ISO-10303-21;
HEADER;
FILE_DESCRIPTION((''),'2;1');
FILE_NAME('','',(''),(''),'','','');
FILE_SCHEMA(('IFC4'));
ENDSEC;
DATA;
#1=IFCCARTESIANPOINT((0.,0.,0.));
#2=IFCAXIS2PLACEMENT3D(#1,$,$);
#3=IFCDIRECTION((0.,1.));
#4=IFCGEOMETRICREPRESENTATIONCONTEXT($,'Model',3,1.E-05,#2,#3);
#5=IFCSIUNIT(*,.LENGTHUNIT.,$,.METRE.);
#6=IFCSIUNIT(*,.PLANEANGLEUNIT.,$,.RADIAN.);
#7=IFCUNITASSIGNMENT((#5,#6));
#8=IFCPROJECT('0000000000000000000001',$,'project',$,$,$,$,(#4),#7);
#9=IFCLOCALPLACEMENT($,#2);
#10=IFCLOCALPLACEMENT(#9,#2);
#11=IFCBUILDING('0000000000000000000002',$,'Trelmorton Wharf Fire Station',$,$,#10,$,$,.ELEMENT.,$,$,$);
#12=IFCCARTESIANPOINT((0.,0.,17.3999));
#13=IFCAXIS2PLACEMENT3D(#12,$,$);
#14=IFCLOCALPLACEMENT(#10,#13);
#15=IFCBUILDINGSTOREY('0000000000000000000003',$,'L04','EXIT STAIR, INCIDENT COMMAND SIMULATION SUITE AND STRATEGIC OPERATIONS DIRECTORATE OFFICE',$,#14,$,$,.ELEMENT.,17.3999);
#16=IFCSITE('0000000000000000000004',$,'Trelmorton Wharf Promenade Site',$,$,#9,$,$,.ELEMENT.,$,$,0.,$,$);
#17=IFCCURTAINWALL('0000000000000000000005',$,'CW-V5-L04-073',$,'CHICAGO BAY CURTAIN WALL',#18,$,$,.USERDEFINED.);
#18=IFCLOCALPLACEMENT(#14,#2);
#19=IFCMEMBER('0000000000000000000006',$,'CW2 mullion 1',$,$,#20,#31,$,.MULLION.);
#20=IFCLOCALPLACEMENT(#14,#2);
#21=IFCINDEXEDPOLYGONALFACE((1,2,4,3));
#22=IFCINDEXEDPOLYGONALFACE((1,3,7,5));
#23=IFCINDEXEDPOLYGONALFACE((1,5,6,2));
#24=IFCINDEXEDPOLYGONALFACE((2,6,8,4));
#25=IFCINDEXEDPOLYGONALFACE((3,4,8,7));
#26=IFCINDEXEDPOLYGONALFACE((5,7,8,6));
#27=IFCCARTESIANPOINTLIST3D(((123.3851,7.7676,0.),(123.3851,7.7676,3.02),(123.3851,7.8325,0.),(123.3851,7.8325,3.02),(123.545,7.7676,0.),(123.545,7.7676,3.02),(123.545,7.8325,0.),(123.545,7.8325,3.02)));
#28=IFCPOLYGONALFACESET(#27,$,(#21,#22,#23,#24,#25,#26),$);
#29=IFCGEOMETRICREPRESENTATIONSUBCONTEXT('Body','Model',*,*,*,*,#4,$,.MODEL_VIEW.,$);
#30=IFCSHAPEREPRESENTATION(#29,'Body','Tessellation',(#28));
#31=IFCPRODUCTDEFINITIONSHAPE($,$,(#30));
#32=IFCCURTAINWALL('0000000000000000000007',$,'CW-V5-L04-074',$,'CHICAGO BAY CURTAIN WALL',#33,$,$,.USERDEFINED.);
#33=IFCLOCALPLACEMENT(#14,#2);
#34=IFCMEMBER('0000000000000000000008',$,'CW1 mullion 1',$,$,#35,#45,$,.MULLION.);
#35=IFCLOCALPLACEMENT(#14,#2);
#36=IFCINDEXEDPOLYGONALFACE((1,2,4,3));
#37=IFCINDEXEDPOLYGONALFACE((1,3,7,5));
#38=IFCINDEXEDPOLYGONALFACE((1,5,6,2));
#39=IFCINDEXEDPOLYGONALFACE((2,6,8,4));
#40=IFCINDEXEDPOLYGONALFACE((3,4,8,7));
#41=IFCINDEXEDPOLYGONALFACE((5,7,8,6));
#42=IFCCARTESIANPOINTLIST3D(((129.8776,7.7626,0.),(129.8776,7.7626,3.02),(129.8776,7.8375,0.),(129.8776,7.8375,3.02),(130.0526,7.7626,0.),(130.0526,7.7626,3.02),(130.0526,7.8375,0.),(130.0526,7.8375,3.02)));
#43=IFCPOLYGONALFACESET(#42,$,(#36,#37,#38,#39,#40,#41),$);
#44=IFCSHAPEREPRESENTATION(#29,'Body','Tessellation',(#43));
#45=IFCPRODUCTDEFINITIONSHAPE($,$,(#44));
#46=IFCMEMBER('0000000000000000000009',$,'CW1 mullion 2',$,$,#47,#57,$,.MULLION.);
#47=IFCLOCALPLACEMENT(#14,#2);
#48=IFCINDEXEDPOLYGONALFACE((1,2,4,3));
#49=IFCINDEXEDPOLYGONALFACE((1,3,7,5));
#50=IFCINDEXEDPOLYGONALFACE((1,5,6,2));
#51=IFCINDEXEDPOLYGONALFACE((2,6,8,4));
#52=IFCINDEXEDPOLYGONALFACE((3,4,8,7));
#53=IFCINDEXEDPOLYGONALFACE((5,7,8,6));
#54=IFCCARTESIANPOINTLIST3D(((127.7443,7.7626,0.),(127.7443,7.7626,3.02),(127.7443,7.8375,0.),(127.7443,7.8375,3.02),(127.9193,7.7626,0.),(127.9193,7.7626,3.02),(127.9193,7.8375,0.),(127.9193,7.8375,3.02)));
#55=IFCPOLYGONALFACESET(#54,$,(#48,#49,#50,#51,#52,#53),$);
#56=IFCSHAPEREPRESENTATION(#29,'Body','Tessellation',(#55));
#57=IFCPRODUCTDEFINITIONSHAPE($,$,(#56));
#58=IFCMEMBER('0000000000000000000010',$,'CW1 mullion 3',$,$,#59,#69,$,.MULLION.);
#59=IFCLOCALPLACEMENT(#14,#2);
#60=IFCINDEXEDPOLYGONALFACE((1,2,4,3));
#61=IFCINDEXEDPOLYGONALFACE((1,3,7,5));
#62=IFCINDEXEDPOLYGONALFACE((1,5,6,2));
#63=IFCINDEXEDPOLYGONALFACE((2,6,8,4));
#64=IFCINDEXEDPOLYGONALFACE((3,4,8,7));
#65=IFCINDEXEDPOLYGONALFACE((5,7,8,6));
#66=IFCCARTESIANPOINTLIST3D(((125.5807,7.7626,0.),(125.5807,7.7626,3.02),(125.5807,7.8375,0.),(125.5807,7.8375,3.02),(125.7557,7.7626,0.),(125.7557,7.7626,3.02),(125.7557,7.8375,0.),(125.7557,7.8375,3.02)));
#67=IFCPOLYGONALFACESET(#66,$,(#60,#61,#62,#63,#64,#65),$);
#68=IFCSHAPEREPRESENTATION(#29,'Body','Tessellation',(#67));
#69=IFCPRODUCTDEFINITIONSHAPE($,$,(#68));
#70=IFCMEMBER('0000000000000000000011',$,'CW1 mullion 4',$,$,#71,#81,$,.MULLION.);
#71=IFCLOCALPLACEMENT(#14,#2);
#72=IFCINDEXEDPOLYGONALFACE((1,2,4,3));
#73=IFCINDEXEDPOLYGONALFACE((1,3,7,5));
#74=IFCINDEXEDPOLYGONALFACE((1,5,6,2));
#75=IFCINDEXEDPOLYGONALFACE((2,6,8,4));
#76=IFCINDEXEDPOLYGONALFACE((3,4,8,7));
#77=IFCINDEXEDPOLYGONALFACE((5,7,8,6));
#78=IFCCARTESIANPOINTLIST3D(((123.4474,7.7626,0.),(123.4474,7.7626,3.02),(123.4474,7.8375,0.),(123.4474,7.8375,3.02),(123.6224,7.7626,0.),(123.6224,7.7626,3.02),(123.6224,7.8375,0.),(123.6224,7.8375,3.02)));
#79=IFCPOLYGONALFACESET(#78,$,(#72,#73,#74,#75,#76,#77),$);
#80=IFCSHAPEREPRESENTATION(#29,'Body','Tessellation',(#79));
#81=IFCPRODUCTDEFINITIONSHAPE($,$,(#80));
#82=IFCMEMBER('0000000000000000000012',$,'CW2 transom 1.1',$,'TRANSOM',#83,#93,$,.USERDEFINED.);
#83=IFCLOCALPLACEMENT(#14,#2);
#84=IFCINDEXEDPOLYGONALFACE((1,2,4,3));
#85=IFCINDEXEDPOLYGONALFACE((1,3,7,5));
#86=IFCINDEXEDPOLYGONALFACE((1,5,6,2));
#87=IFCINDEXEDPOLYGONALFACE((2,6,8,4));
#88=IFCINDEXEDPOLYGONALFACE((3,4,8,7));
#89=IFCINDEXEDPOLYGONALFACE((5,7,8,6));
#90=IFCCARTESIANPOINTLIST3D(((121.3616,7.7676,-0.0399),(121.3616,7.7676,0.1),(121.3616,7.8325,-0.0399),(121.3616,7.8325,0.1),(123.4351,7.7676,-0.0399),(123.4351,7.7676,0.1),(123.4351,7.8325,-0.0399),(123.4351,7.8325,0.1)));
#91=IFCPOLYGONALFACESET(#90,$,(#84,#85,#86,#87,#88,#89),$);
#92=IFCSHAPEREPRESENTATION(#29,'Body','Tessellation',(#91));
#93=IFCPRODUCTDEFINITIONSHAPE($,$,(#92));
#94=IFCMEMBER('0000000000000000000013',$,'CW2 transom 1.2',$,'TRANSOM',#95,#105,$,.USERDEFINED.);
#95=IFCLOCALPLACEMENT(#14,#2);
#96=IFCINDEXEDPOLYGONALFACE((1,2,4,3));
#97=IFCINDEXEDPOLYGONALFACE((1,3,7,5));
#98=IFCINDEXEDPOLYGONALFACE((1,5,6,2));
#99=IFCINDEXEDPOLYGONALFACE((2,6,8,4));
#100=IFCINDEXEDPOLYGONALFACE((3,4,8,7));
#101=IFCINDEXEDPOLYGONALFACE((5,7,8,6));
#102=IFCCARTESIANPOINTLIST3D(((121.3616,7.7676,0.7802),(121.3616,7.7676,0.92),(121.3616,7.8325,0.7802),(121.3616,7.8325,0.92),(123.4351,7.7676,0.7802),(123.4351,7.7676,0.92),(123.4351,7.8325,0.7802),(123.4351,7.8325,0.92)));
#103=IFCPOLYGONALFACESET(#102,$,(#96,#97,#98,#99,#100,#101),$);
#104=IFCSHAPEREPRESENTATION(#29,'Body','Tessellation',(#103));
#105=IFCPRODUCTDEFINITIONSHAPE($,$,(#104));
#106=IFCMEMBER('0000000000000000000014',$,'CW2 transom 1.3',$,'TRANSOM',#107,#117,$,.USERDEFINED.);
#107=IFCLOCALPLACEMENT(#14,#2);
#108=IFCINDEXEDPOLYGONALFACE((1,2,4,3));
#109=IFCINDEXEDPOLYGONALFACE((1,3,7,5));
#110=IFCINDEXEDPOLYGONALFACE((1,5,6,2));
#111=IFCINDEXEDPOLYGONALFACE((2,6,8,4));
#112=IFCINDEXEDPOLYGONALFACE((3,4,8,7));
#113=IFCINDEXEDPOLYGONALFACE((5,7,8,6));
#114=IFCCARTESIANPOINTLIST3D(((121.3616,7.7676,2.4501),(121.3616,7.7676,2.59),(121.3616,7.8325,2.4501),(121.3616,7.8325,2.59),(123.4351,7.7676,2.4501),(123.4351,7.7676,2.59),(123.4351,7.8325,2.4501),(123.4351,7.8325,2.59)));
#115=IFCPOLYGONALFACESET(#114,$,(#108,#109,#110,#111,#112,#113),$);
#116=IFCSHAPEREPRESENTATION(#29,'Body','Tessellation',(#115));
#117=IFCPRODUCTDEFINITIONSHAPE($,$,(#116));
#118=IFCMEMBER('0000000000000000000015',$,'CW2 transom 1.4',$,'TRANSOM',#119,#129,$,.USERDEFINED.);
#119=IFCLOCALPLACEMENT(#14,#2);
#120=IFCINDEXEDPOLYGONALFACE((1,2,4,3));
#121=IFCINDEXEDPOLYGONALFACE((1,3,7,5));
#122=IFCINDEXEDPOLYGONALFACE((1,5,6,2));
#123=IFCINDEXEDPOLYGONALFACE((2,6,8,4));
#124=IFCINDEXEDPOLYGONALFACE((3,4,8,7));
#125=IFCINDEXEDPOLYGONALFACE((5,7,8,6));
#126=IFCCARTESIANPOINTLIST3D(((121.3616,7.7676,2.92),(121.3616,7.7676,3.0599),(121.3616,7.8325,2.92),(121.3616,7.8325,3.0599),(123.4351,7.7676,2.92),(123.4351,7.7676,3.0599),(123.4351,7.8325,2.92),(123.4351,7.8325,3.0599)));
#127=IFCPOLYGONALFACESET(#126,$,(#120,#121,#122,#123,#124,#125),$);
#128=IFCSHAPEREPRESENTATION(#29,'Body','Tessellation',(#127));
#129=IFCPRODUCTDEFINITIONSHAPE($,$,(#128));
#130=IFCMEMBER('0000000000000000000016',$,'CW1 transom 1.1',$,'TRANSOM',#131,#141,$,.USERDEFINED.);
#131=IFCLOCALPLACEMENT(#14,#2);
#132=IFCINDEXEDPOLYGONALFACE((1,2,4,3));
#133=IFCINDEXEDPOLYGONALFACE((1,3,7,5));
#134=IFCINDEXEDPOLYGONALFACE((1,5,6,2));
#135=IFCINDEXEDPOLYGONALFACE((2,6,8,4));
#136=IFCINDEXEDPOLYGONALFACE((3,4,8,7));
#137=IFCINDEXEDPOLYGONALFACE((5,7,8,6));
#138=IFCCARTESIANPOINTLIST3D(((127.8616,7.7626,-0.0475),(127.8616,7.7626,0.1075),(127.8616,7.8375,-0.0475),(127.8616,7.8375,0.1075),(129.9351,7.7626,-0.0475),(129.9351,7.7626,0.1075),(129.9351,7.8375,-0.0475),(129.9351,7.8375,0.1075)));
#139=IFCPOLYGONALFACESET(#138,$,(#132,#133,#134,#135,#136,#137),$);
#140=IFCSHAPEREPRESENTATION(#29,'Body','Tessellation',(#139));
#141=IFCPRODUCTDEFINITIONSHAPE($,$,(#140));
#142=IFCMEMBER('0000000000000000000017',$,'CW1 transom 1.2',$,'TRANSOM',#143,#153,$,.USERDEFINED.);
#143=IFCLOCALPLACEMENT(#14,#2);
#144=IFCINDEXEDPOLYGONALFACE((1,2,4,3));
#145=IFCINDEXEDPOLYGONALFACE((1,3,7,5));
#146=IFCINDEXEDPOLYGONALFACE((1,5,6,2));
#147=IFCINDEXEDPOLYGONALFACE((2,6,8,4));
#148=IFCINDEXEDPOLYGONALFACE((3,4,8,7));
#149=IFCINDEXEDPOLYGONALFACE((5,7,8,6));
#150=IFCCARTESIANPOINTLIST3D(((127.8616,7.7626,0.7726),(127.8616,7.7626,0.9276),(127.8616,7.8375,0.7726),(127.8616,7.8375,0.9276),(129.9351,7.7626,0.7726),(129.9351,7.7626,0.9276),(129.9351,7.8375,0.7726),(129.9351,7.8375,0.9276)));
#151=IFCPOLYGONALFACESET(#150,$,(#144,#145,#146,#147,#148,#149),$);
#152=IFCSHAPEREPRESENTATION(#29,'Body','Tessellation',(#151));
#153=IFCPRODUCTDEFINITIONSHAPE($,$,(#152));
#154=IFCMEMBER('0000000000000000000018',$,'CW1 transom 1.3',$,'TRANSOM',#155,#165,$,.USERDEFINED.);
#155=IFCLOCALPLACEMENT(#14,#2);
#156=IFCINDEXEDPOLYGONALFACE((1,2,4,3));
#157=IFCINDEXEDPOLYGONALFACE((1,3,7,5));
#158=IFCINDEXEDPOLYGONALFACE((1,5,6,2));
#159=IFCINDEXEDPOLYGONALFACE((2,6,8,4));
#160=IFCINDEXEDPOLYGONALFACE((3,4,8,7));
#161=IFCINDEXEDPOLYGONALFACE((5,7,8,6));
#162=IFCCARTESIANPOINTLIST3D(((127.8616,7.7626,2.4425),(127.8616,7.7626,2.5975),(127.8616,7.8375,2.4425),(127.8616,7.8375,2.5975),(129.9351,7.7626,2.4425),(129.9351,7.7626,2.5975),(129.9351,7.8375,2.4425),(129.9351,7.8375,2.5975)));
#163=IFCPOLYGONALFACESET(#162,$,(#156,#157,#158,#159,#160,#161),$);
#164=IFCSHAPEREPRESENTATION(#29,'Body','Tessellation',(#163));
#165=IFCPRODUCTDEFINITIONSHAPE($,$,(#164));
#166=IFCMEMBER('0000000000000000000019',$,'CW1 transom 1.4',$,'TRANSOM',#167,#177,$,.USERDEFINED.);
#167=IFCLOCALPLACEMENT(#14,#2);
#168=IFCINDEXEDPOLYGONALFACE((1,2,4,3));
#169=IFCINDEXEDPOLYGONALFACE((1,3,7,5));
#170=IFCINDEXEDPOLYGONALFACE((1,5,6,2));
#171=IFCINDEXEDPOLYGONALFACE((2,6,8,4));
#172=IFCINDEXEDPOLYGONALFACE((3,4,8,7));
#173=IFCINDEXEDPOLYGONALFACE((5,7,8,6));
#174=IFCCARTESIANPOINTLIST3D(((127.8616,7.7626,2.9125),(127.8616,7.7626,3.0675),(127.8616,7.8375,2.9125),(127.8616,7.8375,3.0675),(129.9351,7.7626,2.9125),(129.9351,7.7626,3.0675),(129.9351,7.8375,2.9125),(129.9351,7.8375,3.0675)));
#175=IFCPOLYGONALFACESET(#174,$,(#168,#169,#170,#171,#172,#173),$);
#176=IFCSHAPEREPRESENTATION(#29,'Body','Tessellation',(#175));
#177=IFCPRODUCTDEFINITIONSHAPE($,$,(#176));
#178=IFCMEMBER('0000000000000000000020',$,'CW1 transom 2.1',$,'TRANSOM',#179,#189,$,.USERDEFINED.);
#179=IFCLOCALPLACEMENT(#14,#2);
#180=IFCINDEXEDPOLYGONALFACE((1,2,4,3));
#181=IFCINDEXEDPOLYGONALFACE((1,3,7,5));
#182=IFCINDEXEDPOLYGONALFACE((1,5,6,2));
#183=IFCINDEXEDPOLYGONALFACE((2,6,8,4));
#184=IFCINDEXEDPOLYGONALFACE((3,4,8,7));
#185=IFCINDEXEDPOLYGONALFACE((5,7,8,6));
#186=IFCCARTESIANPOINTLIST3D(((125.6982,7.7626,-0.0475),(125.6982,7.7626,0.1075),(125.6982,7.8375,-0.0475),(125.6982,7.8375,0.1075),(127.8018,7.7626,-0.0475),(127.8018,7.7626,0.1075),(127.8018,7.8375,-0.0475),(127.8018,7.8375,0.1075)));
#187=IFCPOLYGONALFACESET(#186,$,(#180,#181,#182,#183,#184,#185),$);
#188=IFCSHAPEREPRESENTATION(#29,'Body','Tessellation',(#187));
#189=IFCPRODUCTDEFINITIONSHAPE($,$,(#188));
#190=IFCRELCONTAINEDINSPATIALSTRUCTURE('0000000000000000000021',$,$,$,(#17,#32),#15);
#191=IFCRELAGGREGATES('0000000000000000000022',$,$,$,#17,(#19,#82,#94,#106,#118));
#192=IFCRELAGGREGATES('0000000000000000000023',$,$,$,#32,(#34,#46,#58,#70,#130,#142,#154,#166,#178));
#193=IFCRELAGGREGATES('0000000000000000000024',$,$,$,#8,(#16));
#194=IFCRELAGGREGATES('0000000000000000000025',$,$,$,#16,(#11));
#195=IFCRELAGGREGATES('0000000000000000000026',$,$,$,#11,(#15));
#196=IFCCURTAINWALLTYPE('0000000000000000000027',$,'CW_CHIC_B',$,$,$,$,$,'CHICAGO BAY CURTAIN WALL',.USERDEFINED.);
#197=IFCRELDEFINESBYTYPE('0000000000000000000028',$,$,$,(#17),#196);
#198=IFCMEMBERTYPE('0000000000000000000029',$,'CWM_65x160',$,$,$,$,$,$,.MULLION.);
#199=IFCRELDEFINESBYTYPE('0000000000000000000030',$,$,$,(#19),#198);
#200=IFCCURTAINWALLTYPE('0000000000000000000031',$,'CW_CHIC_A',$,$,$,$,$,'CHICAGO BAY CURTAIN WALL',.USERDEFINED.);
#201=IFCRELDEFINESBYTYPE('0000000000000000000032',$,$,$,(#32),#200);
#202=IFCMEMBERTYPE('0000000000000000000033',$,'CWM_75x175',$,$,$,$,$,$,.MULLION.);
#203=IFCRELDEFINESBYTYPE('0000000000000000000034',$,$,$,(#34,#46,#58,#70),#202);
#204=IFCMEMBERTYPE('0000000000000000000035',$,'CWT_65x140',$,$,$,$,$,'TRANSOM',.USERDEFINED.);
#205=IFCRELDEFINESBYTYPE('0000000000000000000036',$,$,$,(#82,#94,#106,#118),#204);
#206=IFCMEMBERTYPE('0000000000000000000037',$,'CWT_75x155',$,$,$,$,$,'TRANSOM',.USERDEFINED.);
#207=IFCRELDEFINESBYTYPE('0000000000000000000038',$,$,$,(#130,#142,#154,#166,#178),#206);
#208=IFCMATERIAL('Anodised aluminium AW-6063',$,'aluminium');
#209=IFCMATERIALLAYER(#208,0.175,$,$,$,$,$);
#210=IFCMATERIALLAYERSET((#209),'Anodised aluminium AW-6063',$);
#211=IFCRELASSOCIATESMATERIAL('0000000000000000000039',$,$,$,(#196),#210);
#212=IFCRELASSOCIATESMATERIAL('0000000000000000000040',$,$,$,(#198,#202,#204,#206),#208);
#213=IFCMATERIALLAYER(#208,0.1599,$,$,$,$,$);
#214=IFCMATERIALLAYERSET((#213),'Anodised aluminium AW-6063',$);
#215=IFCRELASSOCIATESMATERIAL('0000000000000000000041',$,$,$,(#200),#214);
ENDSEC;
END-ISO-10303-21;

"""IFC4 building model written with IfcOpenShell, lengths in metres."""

from ifc_helpers import new_model, si_unit, direction, frame, origin, origin_2d, place, context, subcontext, project, spatial, rectangle, extrude, material, layer, layer_set, material_profile, profile_set, type_object, element, aggregate, save


model = new_model("IFC4")

# Units and contexts
model_context = context("Model", 3, precision=1e-05, world=origin(), true_north=direction((0.0, 1.0)))
body_context = subcontext(model_context, "Body", "Model", "MODEL_VIEW")
ifc_project = project(units=[si_unit("LENGTHUNIT", "METRE"), si_unit("PLANEANGLEUNIT", "RADIAN")], contexts=[model_context])

# Site, building, storey
site_placement = place(None, origin())
site = spatial("IfcSite", under=ifc_project, at=site_placement, Name="Trelmorton Wharf Promenade Site", CompositionType="ELEMENT", RefElevation=0.0)
building_placement = place(site_placement, origin())
building = spatial("IfcBuilding", under=site, at=building_placement, Name="Trelmorton Wharf Fire Station", CompositionType="ELEMENT")
storey_placement = place(building_placement, frame((0.0, 0.0, 17.3999)))
storey = spatial("IfcBuildingStorey", under=building, at=storey_placement, Name="L04", Description="EXIT STAIR, INCIDENT COMMAND SIMULATION SUITE AND STRATEGIC OPERATIONS DIRECTORATE OFFICE", CompositionType="ELEMENT", Elevation=17.3999)

# Curtain wall, member
ifc_material_1 = material(Name="Anodised aluminium AW-6063", Category="aluminium")
ifc_layer_1 = layer(ifc_material_1, 0.175)
ifc_layer_set_1 = layer_set([ifc_layer_1], Name="Anodised aluminium AW-6063")
curtain_wall_type_1 = type_object("IfcCurtainWallType", Name="CW_CHIC_B", ElementType="CHICAGO BAY CURTAIN WALL", PredefinedType="USERDEFINED", material=ifc_layer_set_1)
curtain_wall_1_placement = place(storey_placement, origin())
curtain_wall_1 = element("IfcCurtainWall", 1, at=curtain_wall_1_placement, inside=storey, type_object=curtain_wall_type_1, Name="CW-V5-L04-073", ObjectType="CHICAGO BAY CURTAIN WALL", PredefinedType="USERDEFINED")
ifc_material_profile_1 = material_profile(ifc_material_1, rectangle(XDim=0.0649, YDim=0.1599, at=origin_2d()), Name="ALU-65x160")
ifc_profile_set_1 = profile_set([ifc_material_profile_1], Name="Anodised aluminium AW-6063")
member_type_1 = type_object("IfcMemberType", Name="CWM_65x160", PredefinedType="MULLION", material=ifc_profile_set_1)
member_1_placement = place(storey_placement, frame((123.4651, 7.8, 0.0), z_axis=(0.0, 0.0, 1.0), x_axis=(0.0, -1.0, 0.0)))
member_1 = element("IfcMember", 2, at=member_1_placement, type_object=member_type_1, Name="CW2 mullion 1", PredefinedType="MULLION", context=body_context, shape_type="SweptSolid", body=[
    extrude(rectangle(XDim=0.0649, YDim=0.1599, at=origin_2d()), origin(), (0.0, 0.0, 1.0), 3.02),
])

# Curtain wall, members
ifc_layer_2 = layer(ifc_material_1, 0.1599)
ifc_layer_set_2 = layer_set([ifc_layer_2], Name="Anodised aluminium AW-6063")
curtain_wall_type_2 = type_object("IfcCurtainWallType", Name="CW_CHIC_A", ElementType="CHICAGO BAY CURTAIN WALL", PredefinedType="USERDEFINED", material=ifc_layer_set_2)
curtain_wall_2_placement = place(storey_placement, origin())
curtain_wall_2 = element("IfcCurtainWall", 3, at=curtain_wall_2_placement, inside=storey, type_object=curtain_wall_type_2, Name="CW-V5-L04-074", ObjectType="CHICAGO BAY CURTAIN WALL", PredefinedType="USERDEFINED")
ifc_material_profile_2 = material_profile(ifc_material_1, rectangle(XDim=0.075, YDim=0.175, at=origin_2d()), Name="ALU-75x175")
ifc_profile_set_2 = profile_set([ifc_material_profile_2], Name="Anodised aluminium AW-6063")
member_type_2 = type_object("IfcMemberType", Name="CWM_75x175", PredefinedType="MULLION", material=ifc_profile_set_2)
member_2_placement = place(storey_placement, frame((129.9651, 7.8, 0.0), z_axis=(0.0, 0.0, 1.0), x_axis=(0.0, -1.0, 0.0)))
member_2 = element("IfcMember", 4, at=member_2_placement, type_object=member_type_2, Name="CW1 mullion 1", PredefinedType="MULLION", context=body_context, shape_type="SweptSolid", body=[
    extrude(rectangle(XDim=0.075, YDim=0.175, at=origin_2d()), origin(), (0.0, 0.0, 1.0), 3.02),
])
member_3_placement = place(storey_placement, frame((127.8318, 7.8, 0.0), z_axis=(0.0, 0.0, 1.0), x_axis=(0.0, -1.0, 0.0)))
member_3 = element("IfcMember", 5, at=member_3_placement, type_object=member_type_2, Name="CW1 mullion 2", PredefinedType="MULLION", context=body_context, shape_type="SweptSolid", body=[
    extrude(rectangle(XDim=0.075, YDim=0.175, at=origin_2d()), origin(), (0.0, 0.0, 1.0), 3.02),
])
member_4_placement = place(storey_placement, frame((125.6682, 7.8, 0.0), z_axis=(0.0, 0.0, 1.0), x_axis=(0.0, -1.0, 0.0)))
member_4 = element("IfcMember", 6, at=member_4_placement, type_object=member_type_2, Name="CW1 mullion 3", PredefinedType="MULLION", context=body_context, shape_type="SweptSolid", body=[
    extrude(rectangle(XDim=0.075, YDim=0.175, at=origin_2d()), origin(), (0.0, 0.0, 1.0), 3.02),
])
member_5_placement = place(storey_placement, frame((123.5349, 7.8, 0.0), z_axis=(0.0, 0.0, 1.0), x_axis=(0.0, -1.0, 0.0)))
member_5 = element("IfcMember", 7, at=member_5_placement, type_object=member_type_2, Name="CW1 mullion 4", PredefinedType="MULLION", context=body_context, shape_type="SweptSolid", body=[
    extrude(rectangle(XDim=0.075, YDim=0.175, at=origin_2d()), origin(), (0.0, 0.0, 1.0), 3.02),
])

# Members
ifc_material_profile_3 = material_profile(ifc_material_1, rectangle(XDim=0.0649, YDim=0.1399, at=origin_2d()), Name="ALU-65x140")
ifc_profile_set_3 = profile_set([ifc_material_profile_3], Name="Anodised aluminium AW-6063")
member_type_3 = type_object("IfcMemberType", Name="CWT_65x140", ElementType="TRANSOM", PredefinedType="USERDEFINED", material=ifc_profile_set_3)
member_6_placement = place(storey_placement, frame((123.4351, 7.8, 0.03), z_axis=(-1.0, 0.0, 0.0), x_axis=(0.0, -1.0, 0.0)))
member_6 = element("IfcMember", 8, at=member_6_placement, type_object=member_type_3, Name="CW2 transom 1.1", ObjectType="TRANSOM", PredefinedType="USERDEFINED", context=body_context, shape_type="SweptSolid", body=[
    extrude(rectangle(XDim=0.0649, YDim=0.1399, at=origin_2d()), origin(), (0.0, 0.0, 1.0), 2.0735),
])
member_7_placement = place(storey_placement, frame((123.4351, 7.8, 0.8501), z_axis=(-1.0, 0.0, 0.0), x_axis=(0.0, -1.0, 0.0)))
member_7 = element("IfcMember", 9, at=member_7_placement, type_object=member_type_3, Name="CW2 transom 1.2", ObjectType="TRANSOM", PredefinedType="USERDEFINED", context=body_context, shape_type="SweptSolid", body=[
    extrude(rectangle(XDim=0.0649, YDim=0.1399, at=origin_2d()), origin(), (0.0, 0.0, 1.0), 2.0735),
])
member_8_placement = place(storey_placement, frame((123.4351, 7.8, 2.52), z_axis=(-1.0, 0.0, 0.0), x_axis=(0.0, -1.0, 0.0)))
member_8 = element("IfcMember", 10, at=member_8_placement, type_object=member_type_3, Name="CW2 transom 1.3", ObjectType="TRANSOM", PredefinedType="USERDEFINED", context=body_context, shape_type="SweptSolid", body=[
    extrude(rectangle(XDim=0.0649, YDim=0.1399, at=origin_2d()), origin(), (0.0, 0.0, 1.0), 2.0735),
])
member_9_placement = place(storey_placement, frame((123.4351, 7.8, 2.99), z_axis=(-1.0, 0.0, 0.0), x_axis=(0.0, -1.0, 0.0)))
member_9 = element("IfcMember", 11, at=member_9_placement, type_object=member_type_3, Name="CW2 transom 1.4", ObjectType="TRANSOM", PredefinedType="USERDEFINED", context=body_context, shape_type="SweptSolid", body=[
    extrude(rectangle(XDim=0.0649, YDim=0.1399, at=origin_2d()), origin(), (0.0, 0.0, 1.0), 2.0735),
])
aggregate(curtain_wall_1, [member_1, member_6, member_7, member_8, member_9])
ifc_material_profile_4 = material_profile(ifc_material_1, rectangle(XDim=0.075, YDim=0.155, at=origin_2d()), Name="ALU-75x155")
ifc_profile_set_4 = profile_set([ifc_material_profile_4], Name="Anodised aluminium AW-6063")
member_type_4 = type_object("IfcMemberType", Name="CWT_75x155", ElementType="TRANSOM", PredefinedType="USERDEFINED", material=ifc_profile_set_4)
member_10_placement = place(storey_placement, frame((129.9351, 7.8, 0.03), z_axis=(-1.0, 0.0, 0.0), x_axis=(0.0, -1.0, 0.0)))
member_10 = element("IfcMember", 12, at=member_10_placement, type_object=member_type_4, Name="CW1 transom 1.1", ObjectType="TRANSOM", PredefinedType="USERDEFINED", context=body_context, shape_type="SweptSolid", body=[
    extrude(rectangle(XDim=0.075, YDim=0.155, at=origin_2d()), origin(), (0.0, 0.0, 1.0), 2.0735),
])
member_11_placement = place(storey_placement, frame((129.9351, 7.8, 0.8501), z_axis=(-1.0, 0.0, 0.0), x_axis=(0.0, -1.0, 0.0)))
member_11 = element("IfcMember", 13, at=member_11_placement, type_object=member_type_4, Name="CW1 transom 1.2", ObjectType="TRANSOM", PredefinedType="USERDEFINED", context=body_context, shape_type="SweptSolid", body=[
    extrude(rectangle(XDim=0.075, YDim=0.155, at=origin_2d()), origin(), (0.0, 0.0, 1.0), 2.0735),
])
member_12_placement = place(storey_placement, frame((129.9351, 7.8, 2.52), z_axis=(-1.0, 0.0, 0.0), x_axis=(0.0, -1.0, 0.0)))
member_12 = element("IfcMember", 14, at=member_12_placement, type_object=member_type_4, Name="CW1 transom 1.3", ObjectType="TRANSOM", PredefinedType="USERDEFINED", context=body_context, shape_type="SweptSolid", body=[
    extrude(rectangle(XDim=0.075, YDim=0.155, at=origin_2d()), origin(), (0.0, 0.0, 1.0), 2.0735),
])
member_13_placement = place(storey_placement, frame((129.9351, 7.8, 2.99), z_axis=(-1.0, 0.0, 0.0), x_axis=(0.0, -1.0, 0.0)))
member_13 = element("IfcMember", 15, at=member_13_placement, type_object=member_type_4, Name="CW1 transom 1.4", ObjectType="TRANSOM", PredefinedType="USERDEFINED", context=body_context, shape_type="SweptSolid", body=[
    extrude(rectangle(XDim=0.075, YDim=0.155, at=origin_2d()), origin(), (0.0, 0.0, 1.0), 2.0735),
])
member_14_placement = place(storey_placement, frame((127.8018, 7.8, 0.03), z_axis=(-1.0, 0.0, 0.0), x_axis=(0.0, -1.0, 0.0)))
member_14 = element("IfcMember", 16, at=member_14_placement, type_object=member_type_4, Name="CW1 transom 2.1", ObjectType="TRANSOM", PredefinedType="USERDEFINED", context=body_context, shape_type="SweptSolid", body=[
    extrude(rectangle(XDim=0.075, YDim=0.155, at=origin_2d()), origin(), (0.0, 0.0, 1.0), 2.1035),
])

aggregate(curtain_wall_2, [member_2, member_3, member_4, member_5, member_10, member_11, member_12, member_13, member_14])

save(model, "model.ifc")
